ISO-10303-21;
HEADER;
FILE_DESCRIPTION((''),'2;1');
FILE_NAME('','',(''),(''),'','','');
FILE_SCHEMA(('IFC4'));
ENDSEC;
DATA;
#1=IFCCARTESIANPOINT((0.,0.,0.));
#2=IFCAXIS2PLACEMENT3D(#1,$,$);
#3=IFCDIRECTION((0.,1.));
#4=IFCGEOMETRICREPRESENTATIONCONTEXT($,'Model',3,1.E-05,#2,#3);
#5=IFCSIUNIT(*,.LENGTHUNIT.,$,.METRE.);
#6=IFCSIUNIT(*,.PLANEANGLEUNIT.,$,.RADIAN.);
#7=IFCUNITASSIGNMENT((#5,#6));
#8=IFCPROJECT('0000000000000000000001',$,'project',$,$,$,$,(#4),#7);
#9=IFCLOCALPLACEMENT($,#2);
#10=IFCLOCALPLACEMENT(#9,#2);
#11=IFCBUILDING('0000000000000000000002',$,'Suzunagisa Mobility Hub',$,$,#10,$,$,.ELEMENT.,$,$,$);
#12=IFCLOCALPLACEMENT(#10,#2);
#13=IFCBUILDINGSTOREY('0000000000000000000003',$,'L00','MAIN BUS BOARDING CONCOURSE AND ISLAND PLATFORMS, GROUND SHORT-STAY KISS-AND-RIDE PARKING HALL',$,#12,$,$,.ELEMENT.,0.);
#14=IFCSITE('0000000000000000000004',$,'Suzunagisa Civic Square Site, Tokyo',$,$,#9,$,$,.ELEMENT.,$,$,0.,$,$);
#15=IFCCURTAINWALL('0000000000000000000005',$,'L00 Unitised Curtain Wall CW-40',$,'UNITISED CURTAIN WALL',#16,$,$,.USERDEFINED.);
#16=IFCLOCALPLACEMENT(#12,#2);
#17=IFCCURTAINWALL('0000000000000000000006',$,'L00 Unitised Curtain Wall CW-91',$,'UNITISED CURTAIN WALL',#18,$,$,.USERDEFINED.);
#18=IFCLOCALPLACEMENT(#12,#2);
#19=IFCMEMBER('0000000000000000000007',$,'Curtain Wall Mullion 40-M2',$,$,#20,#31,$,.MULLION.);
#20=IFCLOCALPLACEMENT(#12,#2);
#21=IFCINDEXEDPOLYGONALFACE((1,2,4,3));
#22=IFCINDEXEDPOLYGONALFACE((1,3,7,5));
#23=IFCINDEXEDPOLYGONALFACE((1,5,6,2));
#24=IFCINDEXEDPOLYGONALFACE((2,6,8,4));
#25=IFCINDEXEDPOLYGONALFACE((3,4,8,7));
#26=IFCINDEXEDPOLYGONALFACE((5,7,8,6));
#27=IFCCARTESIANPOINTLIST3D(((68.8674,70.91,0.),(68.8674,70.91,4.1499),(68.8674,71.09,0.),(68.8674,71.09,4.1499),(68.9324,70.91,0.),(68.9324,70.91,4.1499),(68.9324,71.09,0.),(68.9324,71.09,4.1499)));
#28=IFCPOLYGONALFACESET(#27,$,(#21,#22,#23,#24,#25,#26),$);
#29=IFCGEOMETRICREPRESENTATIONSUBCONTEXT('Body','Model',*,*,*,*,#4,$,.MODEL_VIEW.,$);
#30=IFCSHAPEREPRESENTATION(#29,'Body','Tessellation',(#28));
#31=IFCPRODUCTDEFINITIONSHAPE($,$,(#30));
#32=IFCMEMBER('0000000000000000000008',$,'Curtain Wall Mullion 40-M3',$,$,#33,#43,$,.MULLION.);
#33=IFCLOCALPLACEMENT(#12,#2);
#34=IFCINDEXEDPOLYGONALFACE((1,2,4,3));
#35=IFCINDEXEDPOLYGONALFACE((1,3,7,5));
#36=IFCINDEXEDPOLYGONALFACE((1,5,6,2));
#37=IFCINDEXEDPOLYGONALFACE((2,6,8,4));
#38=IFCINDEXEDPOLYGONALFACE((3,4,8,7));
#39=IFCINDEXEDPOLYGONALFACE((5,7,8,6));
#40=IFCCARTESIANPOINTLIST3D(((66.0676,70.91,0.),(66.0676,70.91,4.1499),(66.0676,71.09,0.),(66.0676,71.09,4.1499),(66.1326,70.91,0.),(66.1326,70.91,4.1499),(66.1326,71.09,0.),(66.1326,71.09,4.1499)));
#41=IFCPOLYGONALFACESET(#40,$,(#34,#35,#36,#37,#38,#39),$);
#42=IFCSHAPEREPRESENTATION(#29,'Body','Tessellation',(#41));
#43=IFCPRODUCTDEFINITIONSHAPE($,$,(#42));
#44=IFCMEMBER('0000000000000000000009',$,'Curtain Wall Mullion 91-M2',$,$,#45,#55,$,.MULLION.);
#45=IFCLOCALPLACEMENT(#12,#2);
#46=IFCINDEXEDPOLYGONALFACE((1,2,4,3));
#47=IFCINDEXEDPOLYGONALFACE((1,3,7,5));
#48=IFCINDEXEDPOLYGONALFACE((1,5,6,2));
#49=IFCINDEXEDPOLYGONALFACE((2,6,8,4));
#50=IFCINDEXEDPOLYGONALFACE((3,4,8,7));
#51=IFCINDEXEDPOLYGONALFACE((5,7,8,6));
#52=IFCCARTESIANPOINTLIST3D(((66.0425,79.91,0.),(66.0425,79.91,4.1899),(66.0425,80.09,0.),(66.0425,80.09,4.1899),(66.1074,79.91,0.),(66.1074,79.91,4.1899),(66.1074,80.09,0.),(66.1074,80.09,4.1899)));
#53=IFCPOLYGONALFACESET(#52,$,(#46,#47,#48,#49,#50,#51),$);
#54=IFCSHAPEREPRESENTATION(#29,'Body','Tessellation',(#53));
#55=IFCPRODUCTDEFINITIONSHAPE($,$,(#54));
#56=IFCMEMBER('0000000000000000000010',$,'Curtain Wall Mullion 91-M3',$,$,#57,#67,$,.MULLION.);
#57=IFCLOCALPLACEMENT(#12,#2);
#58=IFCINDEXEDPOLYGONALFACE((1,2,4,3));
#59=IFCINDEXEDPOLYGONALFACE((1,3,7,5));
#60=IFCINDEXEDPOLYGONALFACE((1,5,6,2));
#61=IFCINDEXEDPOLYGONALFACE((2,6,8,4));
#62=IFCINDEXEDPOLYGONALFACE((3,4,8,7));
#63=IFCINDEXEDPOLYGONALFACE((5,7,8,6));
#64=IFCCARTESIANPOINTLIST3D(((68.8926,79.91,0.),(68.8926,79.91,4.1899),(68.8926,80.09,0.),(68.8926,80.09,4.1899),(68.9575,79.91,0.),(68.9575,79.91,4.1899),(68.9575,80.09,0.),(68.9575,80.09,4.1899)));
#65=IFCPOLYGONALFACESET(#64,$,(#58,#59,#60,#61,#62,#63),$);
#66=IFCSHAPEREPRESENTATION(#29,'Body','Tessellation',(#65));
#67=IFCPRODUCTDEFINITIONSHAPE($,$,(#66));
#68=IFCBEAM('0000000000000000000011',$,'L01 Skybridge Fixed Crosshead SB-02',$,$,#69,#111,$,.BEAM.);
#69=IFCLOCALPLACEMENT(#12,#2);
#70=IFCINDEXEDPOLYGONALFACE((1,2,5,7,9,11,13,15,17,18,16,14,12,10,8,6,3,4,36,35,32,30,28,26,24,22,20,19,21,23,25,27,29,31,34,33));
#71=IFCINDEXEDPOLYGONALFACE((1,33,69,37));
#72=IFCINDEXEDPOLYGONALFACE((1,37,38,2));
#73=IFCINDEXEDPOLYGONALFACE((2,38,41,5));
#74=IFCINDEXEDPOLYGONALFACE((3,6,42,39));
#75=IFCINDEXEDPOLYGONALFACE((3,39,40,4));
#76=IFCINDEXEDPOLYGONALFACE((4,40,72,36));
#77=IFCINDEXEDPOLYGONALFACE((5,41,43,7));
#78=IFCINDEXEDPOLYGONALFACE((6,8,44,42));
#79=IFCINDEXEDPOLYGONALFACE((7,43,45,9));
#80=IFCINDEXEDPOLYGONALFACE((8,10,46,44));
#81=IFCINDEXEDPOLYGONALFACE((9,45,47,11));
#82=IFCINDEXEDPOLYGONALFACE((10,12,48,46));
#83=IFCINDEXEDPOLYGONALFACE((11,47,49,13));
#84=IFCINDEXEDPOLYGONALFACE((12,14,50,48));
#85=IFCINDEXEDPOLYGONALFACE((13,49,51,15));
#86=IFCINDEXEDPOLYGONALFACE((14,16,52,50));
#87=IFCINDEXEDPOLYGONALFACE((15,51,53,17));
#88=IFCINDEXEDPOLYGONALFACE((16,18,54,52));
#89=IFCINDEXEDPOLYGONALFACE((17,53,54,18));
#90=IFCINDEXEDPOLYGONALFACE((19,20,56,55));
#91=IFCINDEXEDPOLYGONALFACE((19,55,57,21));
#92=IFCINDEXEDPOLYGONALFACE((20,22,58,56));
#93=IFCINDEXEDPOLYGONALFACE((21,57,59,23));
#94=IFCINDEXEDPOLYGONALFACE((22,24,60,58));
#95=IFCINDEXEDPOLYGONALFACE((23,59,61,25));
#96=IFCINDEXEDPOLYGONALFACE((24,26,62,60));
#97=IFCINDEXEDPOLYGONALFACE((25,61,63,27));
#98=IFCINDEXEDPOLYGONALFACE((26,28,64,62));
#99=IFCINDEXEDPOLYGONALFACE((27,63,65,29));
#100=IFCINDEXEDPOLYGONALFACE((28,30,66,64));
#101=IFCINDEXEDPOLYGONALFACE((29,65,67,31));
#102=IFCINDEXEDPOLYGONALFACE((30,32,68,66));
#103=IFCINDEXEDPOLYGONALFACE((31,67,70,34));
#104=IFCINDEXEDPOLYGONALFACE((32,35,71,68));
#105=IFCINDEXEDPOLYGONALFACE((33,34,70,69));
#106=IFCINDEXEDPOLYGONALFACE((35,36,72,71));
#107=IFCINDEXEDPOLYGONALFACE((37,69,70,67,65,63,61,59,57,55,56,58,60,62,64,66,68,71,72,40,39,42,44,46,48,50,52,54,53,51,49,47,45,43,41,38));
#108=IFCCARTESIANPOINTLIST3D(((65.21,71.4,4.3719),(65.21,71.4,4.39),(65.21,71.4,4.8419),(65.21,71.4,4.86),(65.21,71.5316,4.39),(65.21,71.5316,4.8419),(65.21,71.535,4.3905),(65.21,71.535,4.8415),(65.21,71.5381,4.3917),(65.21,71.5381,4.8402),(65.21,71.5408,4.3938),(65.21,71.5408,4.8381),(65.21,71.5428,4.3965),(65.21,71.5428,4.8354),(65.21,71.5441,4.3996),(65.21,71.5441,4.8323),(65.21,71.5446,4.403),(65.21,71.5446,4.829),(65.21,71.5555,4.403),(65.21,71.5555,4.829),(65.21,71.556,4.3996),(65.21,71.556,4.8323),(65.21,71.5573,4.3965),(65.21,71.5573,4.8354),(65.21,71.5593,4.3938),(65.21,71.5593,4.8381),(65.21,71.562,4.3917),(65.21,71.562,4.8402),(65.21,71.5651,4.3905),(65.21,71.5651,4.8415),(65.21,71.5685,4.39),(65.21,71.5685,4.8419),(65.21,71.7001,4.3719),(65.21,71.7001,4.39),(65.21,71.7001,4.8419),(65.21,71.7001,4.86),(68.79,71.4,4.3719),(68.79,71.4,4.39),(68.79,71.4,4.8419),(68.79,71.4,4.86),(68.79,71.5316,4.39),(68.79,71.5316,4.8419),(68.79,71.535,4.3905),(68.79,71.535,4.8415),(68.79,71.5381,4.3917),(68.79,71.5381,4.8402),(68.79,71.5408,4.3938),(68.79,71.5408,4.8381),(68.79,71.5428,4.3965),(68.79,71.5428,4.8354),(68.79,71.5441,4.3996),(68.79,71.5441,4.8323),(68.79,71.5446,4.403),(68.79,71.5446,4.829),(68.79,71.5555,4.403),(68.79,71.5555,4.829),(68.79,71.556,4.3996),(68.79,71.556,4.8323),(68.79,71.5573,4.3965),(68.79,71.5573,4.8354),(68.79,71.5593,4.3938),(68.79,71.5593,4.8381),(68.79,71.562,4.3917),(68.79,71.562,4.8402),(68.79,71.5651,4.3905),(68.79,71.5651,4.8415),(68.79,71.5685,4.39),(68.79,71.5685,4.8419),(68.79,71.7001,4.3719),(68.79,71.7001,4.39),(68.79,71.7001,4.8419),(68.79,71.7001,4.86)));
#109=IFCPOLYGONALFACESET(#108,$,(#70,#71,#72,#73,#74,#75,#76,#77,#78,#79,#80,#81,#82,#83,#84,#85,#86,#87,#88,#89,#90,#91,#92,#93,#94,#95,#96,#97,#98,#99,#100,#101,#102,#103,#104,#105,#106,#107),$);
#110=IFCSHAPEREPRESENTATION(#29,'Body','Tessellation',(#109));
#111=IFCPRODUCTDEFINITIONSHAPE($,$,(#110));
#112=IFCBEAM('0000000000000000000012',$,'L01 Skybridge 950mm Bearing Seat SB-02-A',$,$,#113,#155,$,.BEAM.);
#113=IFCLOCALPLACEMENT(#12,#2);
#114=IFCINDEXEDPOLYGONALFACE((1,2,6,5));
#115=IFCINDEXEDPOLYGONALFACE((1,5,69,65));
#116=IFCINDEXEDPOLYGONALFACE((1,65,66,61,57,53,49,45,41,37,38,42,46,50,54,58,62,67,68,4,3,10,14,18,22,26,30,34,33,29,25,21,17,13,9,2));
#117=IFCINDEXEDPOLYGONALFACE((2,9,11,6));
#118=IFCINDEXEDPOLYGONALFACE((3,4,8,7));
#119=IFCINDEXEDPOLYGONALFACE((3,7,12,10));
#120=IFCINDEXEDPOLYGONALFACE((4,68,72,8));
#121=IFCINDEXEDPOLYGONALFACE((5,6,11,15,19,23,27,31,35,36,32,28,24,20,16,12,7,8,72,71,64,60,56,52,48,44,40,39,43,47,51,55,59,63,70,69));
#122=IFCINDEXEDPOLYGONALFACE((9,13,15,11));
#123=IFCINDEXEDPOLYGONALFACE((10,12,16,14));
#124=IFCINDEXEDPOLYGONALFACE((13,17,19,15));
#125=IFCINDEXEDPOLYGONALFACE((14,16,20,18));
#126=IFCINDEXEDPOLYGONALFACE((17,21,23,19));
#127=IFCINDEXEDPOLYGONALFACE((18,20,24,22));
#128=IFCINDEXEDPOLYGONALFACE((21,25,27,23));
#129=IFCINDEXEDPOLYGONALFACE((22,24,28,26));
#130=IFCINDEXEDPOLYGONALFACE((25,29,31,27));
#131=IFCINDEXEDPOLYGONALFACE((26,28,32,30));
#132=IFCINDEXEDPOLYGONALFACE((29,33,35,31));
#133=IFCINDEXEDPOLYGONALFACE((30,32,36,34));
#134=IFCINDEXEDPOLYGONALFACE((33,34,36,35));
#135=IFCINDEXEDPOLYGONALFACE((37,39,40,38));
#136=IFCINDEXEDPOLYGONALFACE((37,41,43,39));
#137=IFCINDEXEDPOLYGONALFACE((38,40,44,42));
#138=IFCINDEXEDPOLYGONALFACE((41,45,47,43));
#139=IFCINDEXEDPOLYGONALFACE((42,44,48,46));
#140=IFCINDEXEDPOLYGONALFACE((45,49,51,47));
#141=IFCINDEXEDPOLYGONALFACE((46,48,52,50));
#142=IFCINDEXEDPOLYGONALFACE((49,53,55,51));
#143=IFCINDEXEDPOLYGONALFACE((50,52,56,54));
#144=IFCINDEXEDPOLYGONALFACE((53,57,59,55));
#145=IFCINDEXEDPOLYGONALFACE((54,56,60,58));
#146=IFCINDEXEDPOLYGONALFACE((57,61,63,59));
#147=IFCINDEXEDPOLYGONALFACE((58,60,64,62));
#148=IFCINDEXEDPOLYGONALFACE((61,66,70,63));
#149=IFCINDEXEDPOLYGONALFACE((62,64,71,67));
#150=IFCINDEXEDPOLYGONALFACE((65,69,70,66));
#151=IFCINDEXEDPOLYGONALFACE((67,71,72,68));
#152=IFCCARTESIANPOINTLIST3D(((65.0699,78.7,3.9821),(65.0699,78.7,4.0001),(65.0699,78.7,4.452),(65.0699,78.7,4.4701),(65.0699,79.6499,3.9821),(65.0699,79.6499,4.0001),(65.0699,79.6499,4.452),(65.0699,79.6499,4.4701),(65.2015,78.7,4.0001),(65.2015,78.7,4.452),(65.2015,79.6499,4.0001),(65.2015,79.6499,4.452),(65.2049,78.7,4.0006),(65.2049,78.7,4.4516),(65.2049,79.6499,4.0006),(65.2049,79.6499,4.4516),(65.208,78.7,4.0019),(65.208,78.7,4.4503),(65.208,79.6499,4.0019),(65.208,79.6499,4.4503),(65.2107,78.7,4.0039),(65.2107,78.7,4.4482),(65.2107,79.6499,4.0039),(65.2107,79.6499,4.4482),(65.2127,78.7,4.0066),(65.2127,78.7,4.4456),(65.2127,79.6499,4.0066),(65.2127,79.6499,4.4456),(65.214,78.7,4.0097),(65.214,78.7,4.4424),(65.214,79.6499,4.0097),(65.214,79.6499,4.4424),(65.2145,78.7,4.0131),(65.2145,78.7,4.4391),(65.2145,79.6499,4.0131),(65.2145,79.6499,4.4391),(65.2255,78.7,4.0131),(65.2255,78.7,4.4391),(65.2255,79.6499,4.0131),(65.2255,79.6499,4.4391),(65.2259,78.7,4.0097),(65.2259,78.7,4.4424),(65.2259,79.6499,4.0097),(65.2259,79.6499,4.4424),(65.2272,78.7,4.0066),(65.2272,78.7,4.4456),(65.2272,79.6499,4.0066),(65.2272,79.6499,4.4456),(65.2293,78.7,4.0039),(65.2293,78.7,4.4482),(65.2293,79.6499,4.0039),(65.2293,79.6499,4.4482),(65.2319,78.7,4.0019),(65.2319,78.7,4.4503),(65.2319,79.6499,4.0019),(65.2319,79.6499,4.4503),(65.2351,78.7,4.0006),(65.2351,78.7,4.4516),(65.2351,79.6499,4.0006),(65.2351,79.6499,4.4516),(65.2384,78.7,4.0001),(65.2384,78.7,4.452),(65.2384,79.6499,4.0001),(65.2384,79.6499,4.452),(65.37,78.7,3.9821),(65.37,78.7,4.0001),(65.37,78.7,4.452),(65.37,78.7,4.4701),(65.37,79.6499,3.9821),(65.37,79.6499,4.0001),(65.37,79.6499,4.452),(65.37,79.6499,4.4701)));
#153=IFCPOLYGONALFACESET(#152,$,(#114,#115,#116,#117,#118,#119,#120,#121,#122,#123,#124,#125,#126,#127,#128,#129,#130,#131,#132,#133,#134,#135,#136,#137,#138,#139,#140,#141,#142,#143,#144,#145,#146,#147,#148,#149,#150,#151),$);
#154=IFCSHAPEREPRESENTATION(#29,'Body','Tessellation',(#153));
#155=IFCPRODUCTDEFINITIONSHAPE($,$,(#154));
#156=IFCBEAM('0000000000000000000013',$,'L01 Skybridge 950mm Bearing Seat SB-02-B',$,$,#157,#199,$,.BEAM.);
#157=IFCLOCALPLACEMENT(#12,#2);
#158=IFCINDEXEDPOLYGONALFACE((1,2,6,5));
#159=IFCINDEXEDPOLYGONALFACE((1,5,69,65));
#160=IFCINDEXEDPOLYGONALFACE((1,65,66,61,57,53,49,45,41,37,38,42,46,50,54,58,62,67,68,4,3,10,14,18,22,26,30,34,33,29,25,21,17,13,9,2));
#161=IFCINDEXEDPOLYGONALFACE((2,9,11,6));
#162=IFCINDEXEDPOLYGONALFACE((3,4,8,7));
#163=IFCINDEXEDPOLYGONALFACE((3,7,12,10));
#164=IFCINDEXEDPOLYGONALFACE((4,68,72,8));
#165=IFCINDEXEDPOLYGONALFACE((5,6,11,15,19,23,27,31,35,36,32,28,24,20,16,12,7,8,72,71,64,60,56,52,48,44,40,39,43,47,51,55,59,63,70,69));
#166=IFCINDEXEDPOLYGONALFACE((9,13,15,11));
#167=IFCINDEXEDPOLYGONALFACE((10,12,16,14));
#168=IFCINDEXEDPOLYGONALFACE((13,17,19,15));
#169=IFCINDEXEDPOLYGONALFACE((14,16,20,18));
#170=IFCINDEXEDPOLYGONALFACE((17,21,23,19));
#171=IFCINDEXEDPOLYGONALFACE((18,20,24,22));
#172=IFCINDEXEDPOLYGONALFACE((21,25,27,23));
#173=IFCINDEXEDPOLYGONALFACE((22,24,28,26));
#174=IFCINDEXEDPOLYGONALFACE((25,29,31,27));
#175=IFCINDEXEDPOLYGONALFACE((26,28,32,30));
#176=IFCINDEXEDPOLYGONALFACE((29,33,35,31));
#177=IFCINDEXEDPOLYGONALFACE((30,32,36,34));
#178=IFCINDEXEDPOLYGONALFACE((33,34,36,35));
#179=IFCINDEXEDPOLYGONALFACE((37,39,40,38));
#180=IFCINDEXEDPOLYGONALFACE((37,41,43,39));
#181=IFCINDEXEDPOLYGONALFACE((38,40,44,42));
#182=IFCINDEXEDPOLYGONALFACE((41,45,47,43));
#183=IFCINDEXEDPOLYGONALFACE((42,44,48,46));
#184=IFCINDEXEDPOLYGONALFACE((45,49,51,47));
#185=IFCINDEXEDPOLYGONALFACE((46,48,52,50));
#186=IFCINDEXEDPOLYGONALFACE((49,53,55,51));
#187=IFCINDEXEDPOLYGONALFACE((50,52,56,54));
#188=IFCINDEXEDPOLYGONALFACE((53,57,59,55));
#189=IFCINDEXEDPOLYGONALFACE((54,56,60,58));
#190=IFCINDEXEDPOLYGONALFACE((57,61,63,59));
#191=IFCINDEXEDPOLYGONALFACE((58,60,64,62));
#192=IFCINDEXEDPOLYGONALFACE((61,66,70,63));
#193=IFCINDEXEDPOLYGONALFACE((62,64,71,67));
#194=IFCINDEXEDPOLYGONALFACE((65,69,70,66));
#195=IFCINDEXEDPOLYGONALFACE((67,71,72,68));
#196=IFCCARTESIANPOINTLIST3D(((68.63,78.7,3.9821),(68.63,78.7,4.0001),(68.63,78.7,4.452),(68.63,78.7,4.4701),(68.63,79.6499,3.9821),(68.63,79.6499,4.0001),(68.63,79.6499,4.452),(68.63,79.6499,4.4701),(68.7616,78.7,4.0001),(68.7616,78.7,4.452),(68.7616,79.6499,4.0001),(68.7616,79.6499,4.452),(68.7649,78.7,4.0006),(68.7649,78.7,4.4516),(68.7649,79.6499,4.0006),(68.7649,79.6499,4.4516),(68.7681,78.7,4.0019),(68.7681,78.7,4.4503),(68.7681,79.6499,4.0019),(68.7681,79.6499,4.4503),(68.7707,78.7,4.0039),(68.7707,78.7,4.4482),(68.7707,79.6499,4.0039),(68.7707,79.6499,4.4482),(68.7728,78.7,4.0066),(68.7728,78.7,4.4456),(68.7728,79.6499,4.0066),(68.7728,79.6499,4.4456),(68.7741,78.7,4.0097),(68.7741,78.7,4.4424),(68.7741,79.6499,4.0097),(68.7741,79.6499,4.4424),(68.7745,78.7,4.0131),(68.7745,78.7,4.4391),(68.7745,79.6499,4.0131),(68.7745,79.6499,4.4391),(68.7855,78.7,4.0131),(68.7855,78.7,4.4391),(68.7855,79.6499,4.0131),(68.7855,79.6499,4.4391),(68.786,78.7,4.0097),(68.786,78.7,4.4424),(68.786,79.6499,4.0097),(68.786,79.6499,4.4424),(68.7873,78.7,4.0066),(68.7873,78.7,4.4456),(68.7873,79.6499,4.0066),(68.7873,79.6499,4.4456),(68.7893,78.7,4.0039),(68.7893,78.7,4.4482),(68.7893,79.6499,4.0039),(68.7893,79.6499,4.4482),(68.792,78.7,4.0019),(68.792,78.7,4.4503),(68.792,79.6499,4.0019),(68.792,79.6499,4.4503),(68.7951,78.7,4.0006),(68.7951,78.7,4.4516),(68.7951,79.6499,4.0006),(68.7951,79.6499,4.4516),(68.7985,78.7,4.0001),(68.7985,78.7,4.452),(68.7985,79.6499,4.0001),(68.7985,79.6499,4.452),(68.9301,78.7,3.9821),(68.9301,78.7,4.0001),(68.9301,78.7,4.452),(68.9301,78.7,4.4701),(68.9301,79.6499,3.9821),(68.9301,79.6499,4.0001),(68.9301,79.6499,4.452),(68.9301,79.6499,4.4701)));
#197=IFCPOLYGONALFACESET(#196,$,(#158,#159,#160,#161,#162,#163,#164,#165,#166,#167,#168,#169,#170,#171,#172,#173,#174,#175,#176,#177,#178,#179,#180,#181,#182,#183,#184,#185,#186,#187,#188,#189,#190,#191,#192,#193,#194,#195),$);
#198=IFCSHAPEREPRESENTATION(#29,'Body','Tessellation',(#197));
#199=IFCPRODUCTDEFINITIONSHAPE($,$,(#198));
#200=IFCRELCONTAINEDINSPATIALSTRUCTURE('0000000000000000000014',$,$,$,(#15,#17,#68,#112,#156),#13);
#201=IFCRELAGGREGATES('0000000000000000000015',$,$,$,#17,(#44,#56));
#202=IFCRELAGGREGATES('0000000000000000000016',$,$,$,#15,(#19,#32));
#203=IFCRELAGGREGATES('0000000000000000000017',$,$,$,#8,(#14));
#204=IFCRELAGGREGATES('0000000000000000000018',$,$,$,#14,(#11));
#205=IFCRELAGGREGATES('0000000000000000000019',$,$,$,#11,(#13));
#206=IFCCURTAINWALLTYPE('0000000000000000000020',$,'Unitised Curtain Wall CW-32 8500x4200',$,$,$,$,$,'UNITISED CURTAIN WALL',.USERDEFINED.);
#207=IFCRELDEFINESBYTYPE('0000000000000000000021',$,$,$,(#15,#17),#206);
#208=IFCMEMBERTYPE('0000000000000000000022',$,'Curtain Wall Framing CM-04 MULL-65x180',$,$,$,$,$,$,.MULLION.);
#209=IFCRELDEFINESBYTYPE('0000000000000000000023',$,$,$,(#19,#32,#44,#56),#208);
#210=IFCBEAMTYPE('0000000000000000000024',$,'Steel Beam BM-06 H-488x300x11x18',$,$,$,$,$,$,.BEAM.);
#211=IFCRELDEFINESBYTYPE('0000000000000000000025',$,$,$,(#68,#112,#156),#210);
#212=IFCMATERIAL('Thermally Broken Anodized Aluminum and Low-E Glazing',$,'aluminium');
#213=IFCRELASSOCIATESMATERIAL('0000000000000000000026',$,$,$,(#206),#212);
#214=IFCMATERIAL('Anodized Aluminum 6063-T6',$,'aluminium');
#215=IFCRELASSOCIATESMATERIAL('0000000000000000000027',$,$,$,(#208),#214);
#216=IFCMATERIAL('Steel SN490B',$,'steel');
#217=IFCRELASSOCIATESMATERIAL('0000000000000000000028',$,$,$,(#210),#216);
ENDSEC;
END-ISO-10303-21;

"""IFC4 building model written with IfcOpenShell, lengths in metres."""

from ifc_helpers import new_model, si_unit, direction, frame, origin, origin_2d, place, context, subcontext, project, spatial, rectangle, i_section, extrude, material, material_profile, profile_set, type_object, element, aggregate, save


model = new_model("IFC4")

# Units and contexts
model_context = context("Model", 3, precision=1e-05, world=origin(), true_north=direction((0.0, 1.0)))
body_context = subcontext(model_context, "Body", "Model", "MODEL_VIEW")
ifc_project = project(units=[si_unit("LENGTHUNIT", "METRE"), si_unit("PLANEANGLEUNIT", "RADIAN")], contexts=[model_context])

# Site, building, storey
site_placement = place(None, origin())
site = spatial("IfcSite", under=ifc_project, at=site_placement, Name="Suzunagisa Civic Square Site, Tokyo", CompositionType="ELEMENT", RefElevation=0.0)
building_placement = place(site_placement, origin())
building = spatial("IfcBuilding", under=site, at=building_placement, Name="Suzunagisa Mobility Hub", CompositionType="ELEMENT")
storey_placement = place(building_placement, origin())
storey = spatial("IfcBuildingStorey", under=building, at=storey_placement, Name="L00", Description="MAIN BUS BOARDING CONCOURSE AND ISLAND PLATFORMS, GROUND SHORT-STAY KISS-AND-RIDE PARKING HALL", CompositionType="ELEMENT", Elevation=0.0)

# Shared definitions
ifc_material_1 = material(Name="Steel SN490B", Category="steel")

# Curtain walls
ifc_material_2 = material(Name="Thermally Broken Anodized Aluminum and Low-E Glazing", Category="aluminium")
curtain_wall_type = type_object("IfcCurtainWallType", Name="Unitised Curtain Wall CW-32 8500x4200", ElementType="UNITISED CURTAIN WALL", PredefinedType="USERDEFINED", material=ifc_material_2)
curtain_wall_1_placement = place(storey_placement, origin())
curtain_wall_1 = element("IfcCurtainWall", 1, at=curtain_wall_1_placement, inside=storey, type_object=curtain_wall_type, Name="L00 Unitised Curtain Wall CW-40", ObjectType="UNITISED CURTAIN WALL", PredefinedType="USERDEFINED")
ifc_material_3 = material(Name="Anodized Aluminum 6063-T6", Category="aluminium")
curtain_wall_2_placement = place(storey_placement, origin())
curtain_wall_2 = element("IfcCurtainWall", 2, at=curtain_wall_2_placement, inside=storey, type_object=curtain_wall_type, Name="L00 Unitised Curtain Wall CW-91", ObjectType="UNITISED CURTAIN WALL", PredefinedType="USERDEFINED")

# Members
ifc_material_profile_1 = material_profile(ifc_material_3, rectangle(XDim=0.0649, YDim=0.1799, at=origin_2d()), Name="MULL-65x180")
ifc_profile_set_1 = profile_set([ifc_material_profile_1], Name="Anodized Aluminum 6063-T6")
member_type_1 = type_object("IfcMemberType", Name="Curtain Wall Framing CM-04 MULL-65x180", PredefinedType="MULLION", material=ifc_profile_set_1)
member_1_placement = place(storey_placement, frame((68.8999, 71.0, 0.0), z_axis=(0.0, 0.0, 1.0), x_axis=(-1.0, 0.0, 0.0)))
member_1 = element("IfcMember", 3, at=member_1_placement, type_object=member_type_1, Name="Curtain Wall Mullion 40-M2", PredefinedType="MULLION", context=body_context, shape_type="SweptSolid", body=[
    extrude(rectangle(XDim=0.0649, YDim=0.1799, at=origin_2d()), origin(), (0.0, 0.0, 1.0), 4.1499),
])
member_2_placement = place(storey_placement, frame((66.1001, 71.0, 0.0), z_axis=(0.0, 0.0, 1.0), x_axis=(-1.0, 0.0, 0.0)))
member_2 = element("IfcMember", 4, at=member_2_placement, type_object=member_type_1, Name="Curtain Wall Mullion 40-M3", PredefinedType="MULLION", context=body_context, shape_type="SweptSolid", body=[
    extrude(rectangle(XDim=0.0649, YDim=0.1799, at=origin_2d()), origin(), (0.0, 0.0, 1.0), 4.1499),
])
member_3_placement = place(storey_placement, frame((66.075, 80.0, 0.0), z_axis=(0.0, 0.0, 1.0), x_axis=(1.0, 0.0, 0.0)))
member_3 = element("IfcMember", 5, at=member_3_placement, type_object=member_type_1, Name="Curtain Wall Mullion 91-M2", PredefinedType="MULLION", context=body_context, shape_type="SweptSolid", body=[
    extrude(rectangle(XDim=0.0649, YDim=0.1799, at=origin_2d()), origin(), (0.0, 0.0, 1.0), 4.1899),
])
member_4_placement = place(storey_placement, frame((68.925, 80.0, 0.0), z_axis=(0.0, 0.0, 1.0), x_axis=(1.0, 0.0, 0.0)))
member_4 = element("IfcMember", 6, at=member_4_placement, type_object=member_type_1, Name="Curtain Wall Mullion 91-M3", PredefinedType="MULLION", context=body_context, shape_type="SweptSolid", body=[
    extrude(rectangle(XDim=0.0649, YDim=0.1799, at=origin_2d()), origin(), (0.0, 0.0, 1.0), 4.1899),
])

# Beams
ifc_material_profile_2 = material_profile(ifc_material_1, i_section(OverallWidth=0.3, OverallDepth=0.488, WebThickness=0.011, FlangeThickness=0.0181, FilletRadius=0.0129, at=origin_2d()), Name="H-488x300x11x18")
ifc_profile_set_2 = profile_set([ifc_material_profile_2], Name="Steel SN490B")
beam_type_1 = type_object("IfcBeamType", Name="Steel Beam BM-06 H-488x300x11x18", PredefinedType="BEAM", material=ifc_profile_set_2)
beam_placement = place(storey_placement, frame((65.21, 71.55, 4.616), z_axis=(1.0, 0.0, 0.0), x_axis=(0.0, 1.0, 0.0)))
element("IfcBeam", 7, at=beam_placement, inside=storey, type_object=beam_type_1, Name="L01 Skybridge Fixed Crosshead SB-02", PredefinedType="BEAM", context=body_context, shape_type="SweptSolid", body=[
    extrude(i_section(OverallWidth=0.3, OverallDepth=0.488, WebThickness=0.011, FlangeThickness=0.0181, FilletRadius=0.0129, at=origin_2d()), origin(), (0.0, 0.0, 1.0), 3.5801),
])
for number, where, z_axis, x_axis, name in (
    (8, (65.22, 78.7, 4.2261), (0.0, 1.0, 0.0), (-1.0, 0.0, 0.0), "L01 Skybridge 950mm Bearing Seat SB-02-A"),
    (9, (68.78, 78.7, 4.2261), (0.0, 1.0, 0.0), (-1.0, 0.0, 0.0), "L01 Skybridge 950mm Bearing Seat SB-02-B"),
):
    element("IfcBeam", number, at=place(storey_placement, frame(where, z_axis=z_axis, x_axis=x_axis)), inside=storey, type_object=beam_type_1, Name=name, PredefinedType="BEAM", context=body_context, shape_type="SweptSolid", body=[
        extrude(i_section(OverallWidth=0.3, OverallDepth=0.488, WebThickness=0.011, FlangeThickness=0.0181, FilletRadius=0.0129, at=origin_2d()), origin(), (0.0, 0.0, 1.0), 0.95),
    ])

aggregate(curtain_wall_2, [member_3, member_4])
aggregate(curtain_wall_1, [member_1, member_2])

save(model, "model.ifc")
